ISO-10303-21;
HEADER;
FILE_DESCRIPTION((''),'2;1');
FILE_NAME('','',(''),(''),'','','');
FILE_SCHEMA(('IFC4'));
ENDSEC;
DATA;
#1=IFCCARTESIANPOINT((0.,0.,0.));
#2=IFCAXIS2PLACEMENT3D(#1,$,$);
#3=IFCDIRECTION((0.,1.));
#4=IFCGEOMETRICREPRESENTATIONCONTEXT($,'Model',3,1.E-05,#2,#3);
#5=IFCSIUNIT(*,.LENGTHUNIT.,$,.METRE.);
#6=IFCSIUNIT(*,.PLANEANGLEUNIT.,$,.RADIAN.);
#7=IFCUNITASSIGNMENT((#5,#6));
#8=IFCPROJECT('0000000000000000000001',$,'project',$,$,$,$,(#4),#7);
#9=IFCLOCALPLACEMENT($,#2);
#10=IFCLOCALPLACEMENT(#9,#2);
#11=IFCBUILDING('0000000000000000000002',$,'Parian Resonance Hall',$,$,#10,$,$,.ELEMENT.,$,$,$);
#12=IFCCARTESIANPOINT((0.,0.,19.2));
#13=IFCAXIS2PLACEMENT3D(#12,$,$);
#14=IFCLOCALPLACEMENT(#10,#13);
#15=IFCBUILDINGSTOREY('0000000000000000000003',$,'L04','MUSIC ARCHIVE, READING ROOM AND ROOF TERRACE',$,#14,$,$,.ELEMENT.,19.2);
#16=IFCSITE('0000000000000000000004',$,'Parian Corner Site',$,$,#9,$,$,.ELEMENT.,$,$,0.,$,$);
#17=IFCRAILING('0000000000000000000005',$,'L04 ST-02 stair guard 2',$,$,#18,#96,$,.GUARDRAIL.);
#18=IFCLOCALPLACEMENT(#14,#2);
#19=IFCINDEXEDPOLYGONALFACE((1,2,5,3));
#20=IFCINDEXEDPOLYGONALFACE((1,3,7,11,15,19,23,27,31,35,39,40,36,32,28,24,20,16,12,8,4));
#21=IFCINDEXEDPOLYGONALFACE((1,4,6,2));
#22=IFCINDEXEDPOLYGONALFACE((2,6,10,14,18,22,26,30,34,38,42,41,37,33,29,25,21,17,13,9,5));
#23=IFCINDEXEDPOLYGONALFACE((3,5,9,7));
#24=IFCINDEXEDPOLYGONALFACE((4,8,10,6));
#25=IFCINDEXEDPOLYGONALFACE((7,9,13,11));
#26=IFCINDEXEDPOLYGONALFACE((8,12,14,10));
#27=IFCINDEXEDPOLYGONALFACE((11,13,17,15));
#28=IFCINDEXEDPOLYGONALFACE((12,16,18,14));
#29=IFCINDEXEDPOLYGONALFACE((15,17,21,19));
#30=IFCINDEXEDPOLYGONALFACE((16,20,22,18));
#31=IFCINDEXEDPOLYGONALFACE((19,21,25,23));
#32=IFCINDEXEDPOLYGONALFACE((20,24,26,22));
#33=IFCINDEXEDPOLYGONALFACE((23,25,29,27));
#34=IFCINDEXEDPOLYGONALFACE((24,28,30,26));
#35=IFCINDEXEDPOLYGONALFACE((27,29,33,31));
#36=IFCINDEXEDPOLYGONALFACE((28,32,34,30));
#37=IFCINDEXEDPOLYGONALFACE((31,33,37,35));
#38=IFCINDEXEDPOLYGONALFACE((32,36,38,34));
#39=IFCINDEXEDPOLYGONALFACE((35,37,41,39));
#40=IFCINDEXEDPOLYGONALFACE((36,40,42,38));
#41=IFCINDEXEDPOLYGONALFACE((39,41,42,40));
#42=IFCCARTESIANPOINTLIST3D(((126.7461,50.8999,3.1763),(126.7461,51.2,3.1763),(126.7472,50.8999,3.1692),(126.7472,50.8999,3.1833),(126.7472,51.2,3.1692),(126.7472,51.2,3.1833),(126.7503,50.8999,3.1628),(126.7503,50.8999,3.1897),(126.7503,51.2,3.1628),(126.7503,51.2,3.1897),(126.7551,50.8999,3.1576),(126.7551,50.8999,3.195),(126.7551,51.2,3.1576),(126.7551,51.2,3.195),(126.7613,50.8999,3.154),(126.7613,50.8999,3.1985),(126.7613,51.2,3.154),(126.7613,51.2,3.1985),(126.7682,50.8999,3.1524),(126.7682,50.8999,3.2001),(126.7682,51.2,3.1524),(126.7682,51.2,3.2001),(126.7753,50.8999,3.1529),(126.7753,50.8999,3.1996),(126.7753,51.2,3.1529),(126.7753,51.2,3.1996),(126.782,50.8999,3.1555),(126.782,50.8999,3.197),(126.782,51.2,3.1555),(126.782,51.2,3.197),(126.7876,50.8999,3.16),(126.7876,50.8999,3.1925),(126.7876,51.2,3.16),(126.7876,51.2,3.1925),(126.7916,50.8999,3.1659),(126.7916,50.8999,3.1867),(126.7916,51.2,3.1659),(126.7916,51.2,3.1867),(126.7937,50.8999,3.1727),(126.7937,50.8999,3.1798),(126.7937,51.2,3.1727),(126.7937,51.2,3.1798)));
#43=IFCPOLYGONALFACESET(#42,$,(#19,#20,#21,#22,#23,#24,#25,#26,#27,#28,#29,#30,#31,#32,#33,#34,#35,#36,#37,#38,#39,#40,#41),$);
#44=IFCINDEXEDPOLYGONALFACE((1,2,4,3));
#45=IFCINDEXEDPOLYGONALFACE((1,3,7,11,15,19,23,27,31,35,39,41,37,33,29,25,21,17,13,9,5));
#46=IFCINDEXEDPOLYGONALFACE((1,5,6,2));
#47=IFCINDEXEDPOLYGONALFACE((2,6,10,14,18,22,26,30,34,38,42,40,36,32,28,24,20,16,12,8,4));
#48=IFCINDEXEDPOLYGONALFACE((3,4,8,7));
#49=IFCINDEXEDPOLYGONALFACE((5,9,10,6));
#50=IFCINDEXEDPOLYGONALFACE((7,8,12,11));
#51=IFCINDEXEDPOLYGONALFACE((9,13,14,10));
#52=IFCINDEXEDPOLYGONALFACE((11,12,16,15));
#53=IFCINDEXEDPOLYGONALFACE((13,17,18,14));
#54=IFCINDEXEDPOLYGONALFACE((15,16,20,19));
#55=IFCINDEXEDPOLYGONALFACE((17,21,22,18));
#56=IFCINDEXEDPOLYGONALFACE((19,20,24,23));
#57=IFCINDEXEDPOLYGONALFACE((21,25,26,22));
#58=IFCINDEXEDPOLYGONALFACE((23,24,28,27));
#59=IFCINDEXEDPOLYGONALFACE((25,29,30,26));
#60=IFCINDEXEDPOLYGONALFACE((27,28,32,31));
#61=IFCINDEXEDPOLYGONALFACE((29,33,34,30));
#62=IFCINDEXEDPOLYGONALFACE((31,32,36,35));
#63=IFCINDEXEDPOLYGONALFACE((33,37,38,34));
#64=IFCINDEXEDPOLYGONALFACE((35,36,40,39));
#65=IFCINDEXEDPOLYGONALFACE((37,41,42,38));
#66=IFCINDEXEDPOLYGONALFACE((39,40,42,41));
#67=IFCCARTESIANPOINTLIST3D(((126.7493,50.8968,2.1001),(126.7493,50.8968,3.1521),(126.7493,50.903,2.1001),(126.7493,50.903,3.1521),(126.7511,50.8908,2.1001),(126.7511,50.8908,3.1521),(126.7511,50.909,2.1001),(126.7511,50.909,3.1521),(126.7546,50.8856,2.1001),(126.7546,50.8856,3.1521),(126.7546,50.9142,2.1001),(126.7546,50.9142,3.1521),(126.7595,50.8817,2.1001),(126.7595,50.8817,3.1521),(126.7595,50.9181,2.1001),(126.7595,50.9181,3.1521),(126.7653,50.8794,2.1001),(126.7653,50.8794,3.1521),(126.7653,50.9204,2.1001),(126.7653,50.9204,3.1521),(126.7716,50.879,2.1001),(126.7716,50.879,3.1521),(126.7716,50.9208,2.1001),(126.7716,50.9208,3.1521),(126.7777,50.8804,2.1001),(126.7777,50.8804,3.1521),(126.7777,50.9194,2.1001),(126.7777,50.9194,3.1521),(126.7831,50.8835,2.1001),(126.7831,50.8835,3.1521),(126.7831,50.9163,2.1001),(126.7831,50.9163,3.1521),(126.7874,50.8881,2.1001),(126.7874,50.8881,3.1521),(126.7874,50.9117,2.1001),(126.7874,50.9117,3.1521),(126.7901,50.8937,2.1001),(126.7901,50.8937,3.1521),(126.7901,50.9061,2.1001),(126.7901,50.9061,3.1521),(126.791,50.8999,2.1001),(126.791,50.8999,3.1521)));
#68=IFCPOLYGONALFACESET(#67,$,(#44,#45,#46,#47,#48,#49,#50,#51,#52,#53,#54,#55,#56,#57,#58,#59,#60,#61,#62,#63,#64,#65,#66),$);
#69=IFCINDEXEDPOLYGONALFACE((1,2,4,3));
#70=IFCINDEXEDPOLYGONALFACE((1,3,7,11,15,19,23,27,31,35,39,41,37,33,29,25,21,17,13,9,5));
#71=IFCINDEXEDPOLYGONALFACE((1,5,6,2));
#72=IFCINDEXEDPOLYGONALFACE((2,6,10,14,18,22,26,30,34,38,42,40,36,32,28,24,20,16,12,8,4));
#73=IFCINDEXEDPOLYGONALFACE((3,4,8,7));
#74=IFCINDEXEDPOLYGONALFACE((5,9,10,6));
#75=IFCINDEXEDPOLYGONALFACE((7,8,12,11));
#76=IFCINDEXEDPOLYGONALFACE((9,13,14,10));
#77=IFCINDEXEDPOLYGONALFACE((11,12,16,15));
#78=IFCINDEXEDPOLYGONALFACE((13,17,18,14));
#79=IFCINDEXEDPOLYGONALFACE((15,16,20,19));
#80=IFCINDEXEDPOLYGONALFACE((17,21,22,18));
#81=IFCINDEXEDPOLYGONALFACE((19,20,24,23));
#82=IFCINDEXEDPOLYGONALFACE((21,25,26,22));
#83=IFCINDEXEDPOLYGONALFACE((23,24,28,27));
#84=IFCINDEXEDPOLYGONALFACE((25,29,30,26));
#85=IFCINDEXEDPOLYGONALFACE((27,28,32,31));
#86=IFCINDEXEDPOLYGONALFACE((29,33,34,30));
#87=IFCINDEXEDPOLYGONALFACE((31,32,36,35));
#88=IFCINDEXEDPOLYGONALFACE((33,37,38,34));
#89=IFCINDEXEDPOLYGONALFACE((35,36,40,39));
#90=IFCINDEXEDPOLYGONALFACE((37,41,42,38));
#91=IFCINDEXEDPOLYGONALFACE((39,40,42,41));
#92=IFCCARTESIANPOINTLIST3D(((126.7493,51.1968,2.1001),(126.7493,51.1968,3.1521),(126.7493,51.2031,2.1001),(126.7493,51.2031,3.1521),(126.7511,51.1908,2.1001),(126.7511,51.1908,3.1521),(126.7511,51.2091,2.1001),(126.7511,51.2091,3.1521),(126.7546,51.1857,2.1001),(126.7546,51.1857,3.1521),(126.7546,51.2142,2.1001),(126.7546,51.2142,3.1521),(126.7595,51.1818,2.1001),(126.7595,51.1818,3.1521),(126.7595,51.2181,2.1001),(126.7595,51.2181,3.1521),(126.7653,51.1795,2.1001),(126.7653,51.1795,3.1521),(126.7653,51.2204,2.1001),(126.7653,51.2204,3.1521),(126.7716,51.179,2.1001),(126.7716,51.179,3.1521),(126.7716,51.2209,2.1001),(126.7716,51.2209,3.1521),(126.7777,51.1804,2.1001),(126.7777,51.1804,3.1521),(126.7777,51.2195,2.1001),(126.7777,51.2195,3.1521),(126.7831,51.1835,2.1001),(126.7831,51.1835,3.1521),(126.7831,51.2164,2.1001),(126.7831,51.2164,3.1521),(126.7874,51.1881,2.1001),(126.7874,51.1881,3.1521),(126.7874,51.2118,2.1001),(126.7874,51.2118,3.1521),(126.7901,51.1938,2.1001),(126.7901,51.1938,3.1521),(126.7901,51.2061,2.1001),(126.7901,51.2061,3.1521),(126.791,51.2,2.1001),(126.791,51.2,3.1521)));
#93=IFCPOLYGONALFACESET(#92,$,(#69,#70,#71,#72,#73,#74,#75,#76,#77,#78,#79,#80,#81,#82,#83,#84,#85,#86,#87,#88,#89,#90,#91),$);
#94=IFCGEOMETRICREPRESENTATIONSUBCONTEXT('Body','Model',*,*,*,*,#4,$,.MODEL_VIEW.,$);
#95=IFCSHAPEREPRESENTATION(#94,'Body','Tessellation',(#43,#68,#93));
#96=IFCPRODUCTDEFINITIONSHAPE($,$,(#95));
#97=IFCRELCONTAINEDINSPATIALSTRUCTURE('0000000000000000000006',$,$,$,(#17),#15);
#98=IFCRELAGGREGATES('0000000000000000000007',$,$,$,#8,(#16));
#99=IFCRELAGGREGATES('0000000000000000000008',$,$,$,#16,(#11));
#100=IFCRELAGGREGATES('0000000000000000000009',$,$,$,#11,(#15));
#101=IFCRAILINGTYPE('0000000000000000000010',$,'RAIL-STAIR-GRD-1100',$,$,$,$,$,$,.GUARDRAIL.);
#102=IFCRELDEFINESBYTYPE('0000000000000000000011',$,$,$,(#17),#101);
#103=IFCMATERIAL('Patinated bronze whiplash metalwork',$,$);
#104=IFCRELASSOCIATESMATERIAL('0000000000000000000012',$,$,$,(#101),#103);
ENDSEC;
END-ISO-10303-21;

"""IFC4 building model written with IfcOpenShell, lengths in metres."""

from ifc_helpers import new_model, si_unit, direction, frame, origin, origin_2d, place, context, subcontext, project, spatial, circle, extrude, material, type_object, element, save


model = new_model("IFC4")

# Units and contexts
model_context = context("Model", 3, precision=1e-05, world=origin(), true_north=direction((0.0, 1.0)))
body_context = subcontext(model_context, "Body", "Model", "MODEL_VIEW")
ifc_project = project(units=[si_unit("LENGTHUNIT", "METRE"), si_unit("PLANEANGLEUNIT", "RADIAN")], contexts=[model_context])

# Site, building, storey
site_placement = place(None, origin())
site = spatial("IfcSite", under=ifc_project, at=site_placement, Name="Parian Corner Site", CompositionType="ELEMENT", RefElevation=0.0)
building_placement = place(site_placement, origin())
building = spatial("IfcBuilding", under=site, at=building_placement, Name="Parian Resonance Hall", CompositionType="ELEMENT")
storey_placement = place(building_placement, frame((0.0, 0.0, 19.2)))
storey = spatial("IfcBuildingStorey", under=building, at=storey_placement, Name="L04", Description="MUSIC ARCHIVE, READING ROOM AND ROOF TERRACE", CompositionType="ELEMENT", Elevation=19.2)

# Railing
ifc_material_1 = material(Name="Patinated bronze whiplash metalwork")
railing_type_1 = type_object("IfcRailingType", Name="RAIL-STAIR-GRD-1100", PredefinedType="GUARDRAIL", material=ifc_material_1)
railing_1_placement = place(storey_placement, frame((126.77, 50.8999, 2.1001)))
element("IfcRailing", 1, at=railing_1_placement, inside=storey, type_object=railing_type_1, Name="L04 ST-02 stair guard 2", PredefinedType="GUARDRAIL", context=body_context, shape_type="SweptSolid", body=[
    extrude(circle(Radius=0.0239, at=origin_2d()), frame((0.0, 0.0, 1.0762), z_axis=(0.0, 1.0, 0.0), x_axis=(-1.0, 0.0, 0.0)), (0.0, 0.0, 1.0), 0.3),
    extrude(circle(Radius=0.021, at=origin_2d()), origin(), (0.0, 0.0, 1.0), 1.052),
    extrude(circle(Radius=0.021, at=origin_2d()), frame((0.0, 0.3, 0.0)), (0.0, 0.0, 1.0), 1.052),
])

save(model, "model.ifc")
